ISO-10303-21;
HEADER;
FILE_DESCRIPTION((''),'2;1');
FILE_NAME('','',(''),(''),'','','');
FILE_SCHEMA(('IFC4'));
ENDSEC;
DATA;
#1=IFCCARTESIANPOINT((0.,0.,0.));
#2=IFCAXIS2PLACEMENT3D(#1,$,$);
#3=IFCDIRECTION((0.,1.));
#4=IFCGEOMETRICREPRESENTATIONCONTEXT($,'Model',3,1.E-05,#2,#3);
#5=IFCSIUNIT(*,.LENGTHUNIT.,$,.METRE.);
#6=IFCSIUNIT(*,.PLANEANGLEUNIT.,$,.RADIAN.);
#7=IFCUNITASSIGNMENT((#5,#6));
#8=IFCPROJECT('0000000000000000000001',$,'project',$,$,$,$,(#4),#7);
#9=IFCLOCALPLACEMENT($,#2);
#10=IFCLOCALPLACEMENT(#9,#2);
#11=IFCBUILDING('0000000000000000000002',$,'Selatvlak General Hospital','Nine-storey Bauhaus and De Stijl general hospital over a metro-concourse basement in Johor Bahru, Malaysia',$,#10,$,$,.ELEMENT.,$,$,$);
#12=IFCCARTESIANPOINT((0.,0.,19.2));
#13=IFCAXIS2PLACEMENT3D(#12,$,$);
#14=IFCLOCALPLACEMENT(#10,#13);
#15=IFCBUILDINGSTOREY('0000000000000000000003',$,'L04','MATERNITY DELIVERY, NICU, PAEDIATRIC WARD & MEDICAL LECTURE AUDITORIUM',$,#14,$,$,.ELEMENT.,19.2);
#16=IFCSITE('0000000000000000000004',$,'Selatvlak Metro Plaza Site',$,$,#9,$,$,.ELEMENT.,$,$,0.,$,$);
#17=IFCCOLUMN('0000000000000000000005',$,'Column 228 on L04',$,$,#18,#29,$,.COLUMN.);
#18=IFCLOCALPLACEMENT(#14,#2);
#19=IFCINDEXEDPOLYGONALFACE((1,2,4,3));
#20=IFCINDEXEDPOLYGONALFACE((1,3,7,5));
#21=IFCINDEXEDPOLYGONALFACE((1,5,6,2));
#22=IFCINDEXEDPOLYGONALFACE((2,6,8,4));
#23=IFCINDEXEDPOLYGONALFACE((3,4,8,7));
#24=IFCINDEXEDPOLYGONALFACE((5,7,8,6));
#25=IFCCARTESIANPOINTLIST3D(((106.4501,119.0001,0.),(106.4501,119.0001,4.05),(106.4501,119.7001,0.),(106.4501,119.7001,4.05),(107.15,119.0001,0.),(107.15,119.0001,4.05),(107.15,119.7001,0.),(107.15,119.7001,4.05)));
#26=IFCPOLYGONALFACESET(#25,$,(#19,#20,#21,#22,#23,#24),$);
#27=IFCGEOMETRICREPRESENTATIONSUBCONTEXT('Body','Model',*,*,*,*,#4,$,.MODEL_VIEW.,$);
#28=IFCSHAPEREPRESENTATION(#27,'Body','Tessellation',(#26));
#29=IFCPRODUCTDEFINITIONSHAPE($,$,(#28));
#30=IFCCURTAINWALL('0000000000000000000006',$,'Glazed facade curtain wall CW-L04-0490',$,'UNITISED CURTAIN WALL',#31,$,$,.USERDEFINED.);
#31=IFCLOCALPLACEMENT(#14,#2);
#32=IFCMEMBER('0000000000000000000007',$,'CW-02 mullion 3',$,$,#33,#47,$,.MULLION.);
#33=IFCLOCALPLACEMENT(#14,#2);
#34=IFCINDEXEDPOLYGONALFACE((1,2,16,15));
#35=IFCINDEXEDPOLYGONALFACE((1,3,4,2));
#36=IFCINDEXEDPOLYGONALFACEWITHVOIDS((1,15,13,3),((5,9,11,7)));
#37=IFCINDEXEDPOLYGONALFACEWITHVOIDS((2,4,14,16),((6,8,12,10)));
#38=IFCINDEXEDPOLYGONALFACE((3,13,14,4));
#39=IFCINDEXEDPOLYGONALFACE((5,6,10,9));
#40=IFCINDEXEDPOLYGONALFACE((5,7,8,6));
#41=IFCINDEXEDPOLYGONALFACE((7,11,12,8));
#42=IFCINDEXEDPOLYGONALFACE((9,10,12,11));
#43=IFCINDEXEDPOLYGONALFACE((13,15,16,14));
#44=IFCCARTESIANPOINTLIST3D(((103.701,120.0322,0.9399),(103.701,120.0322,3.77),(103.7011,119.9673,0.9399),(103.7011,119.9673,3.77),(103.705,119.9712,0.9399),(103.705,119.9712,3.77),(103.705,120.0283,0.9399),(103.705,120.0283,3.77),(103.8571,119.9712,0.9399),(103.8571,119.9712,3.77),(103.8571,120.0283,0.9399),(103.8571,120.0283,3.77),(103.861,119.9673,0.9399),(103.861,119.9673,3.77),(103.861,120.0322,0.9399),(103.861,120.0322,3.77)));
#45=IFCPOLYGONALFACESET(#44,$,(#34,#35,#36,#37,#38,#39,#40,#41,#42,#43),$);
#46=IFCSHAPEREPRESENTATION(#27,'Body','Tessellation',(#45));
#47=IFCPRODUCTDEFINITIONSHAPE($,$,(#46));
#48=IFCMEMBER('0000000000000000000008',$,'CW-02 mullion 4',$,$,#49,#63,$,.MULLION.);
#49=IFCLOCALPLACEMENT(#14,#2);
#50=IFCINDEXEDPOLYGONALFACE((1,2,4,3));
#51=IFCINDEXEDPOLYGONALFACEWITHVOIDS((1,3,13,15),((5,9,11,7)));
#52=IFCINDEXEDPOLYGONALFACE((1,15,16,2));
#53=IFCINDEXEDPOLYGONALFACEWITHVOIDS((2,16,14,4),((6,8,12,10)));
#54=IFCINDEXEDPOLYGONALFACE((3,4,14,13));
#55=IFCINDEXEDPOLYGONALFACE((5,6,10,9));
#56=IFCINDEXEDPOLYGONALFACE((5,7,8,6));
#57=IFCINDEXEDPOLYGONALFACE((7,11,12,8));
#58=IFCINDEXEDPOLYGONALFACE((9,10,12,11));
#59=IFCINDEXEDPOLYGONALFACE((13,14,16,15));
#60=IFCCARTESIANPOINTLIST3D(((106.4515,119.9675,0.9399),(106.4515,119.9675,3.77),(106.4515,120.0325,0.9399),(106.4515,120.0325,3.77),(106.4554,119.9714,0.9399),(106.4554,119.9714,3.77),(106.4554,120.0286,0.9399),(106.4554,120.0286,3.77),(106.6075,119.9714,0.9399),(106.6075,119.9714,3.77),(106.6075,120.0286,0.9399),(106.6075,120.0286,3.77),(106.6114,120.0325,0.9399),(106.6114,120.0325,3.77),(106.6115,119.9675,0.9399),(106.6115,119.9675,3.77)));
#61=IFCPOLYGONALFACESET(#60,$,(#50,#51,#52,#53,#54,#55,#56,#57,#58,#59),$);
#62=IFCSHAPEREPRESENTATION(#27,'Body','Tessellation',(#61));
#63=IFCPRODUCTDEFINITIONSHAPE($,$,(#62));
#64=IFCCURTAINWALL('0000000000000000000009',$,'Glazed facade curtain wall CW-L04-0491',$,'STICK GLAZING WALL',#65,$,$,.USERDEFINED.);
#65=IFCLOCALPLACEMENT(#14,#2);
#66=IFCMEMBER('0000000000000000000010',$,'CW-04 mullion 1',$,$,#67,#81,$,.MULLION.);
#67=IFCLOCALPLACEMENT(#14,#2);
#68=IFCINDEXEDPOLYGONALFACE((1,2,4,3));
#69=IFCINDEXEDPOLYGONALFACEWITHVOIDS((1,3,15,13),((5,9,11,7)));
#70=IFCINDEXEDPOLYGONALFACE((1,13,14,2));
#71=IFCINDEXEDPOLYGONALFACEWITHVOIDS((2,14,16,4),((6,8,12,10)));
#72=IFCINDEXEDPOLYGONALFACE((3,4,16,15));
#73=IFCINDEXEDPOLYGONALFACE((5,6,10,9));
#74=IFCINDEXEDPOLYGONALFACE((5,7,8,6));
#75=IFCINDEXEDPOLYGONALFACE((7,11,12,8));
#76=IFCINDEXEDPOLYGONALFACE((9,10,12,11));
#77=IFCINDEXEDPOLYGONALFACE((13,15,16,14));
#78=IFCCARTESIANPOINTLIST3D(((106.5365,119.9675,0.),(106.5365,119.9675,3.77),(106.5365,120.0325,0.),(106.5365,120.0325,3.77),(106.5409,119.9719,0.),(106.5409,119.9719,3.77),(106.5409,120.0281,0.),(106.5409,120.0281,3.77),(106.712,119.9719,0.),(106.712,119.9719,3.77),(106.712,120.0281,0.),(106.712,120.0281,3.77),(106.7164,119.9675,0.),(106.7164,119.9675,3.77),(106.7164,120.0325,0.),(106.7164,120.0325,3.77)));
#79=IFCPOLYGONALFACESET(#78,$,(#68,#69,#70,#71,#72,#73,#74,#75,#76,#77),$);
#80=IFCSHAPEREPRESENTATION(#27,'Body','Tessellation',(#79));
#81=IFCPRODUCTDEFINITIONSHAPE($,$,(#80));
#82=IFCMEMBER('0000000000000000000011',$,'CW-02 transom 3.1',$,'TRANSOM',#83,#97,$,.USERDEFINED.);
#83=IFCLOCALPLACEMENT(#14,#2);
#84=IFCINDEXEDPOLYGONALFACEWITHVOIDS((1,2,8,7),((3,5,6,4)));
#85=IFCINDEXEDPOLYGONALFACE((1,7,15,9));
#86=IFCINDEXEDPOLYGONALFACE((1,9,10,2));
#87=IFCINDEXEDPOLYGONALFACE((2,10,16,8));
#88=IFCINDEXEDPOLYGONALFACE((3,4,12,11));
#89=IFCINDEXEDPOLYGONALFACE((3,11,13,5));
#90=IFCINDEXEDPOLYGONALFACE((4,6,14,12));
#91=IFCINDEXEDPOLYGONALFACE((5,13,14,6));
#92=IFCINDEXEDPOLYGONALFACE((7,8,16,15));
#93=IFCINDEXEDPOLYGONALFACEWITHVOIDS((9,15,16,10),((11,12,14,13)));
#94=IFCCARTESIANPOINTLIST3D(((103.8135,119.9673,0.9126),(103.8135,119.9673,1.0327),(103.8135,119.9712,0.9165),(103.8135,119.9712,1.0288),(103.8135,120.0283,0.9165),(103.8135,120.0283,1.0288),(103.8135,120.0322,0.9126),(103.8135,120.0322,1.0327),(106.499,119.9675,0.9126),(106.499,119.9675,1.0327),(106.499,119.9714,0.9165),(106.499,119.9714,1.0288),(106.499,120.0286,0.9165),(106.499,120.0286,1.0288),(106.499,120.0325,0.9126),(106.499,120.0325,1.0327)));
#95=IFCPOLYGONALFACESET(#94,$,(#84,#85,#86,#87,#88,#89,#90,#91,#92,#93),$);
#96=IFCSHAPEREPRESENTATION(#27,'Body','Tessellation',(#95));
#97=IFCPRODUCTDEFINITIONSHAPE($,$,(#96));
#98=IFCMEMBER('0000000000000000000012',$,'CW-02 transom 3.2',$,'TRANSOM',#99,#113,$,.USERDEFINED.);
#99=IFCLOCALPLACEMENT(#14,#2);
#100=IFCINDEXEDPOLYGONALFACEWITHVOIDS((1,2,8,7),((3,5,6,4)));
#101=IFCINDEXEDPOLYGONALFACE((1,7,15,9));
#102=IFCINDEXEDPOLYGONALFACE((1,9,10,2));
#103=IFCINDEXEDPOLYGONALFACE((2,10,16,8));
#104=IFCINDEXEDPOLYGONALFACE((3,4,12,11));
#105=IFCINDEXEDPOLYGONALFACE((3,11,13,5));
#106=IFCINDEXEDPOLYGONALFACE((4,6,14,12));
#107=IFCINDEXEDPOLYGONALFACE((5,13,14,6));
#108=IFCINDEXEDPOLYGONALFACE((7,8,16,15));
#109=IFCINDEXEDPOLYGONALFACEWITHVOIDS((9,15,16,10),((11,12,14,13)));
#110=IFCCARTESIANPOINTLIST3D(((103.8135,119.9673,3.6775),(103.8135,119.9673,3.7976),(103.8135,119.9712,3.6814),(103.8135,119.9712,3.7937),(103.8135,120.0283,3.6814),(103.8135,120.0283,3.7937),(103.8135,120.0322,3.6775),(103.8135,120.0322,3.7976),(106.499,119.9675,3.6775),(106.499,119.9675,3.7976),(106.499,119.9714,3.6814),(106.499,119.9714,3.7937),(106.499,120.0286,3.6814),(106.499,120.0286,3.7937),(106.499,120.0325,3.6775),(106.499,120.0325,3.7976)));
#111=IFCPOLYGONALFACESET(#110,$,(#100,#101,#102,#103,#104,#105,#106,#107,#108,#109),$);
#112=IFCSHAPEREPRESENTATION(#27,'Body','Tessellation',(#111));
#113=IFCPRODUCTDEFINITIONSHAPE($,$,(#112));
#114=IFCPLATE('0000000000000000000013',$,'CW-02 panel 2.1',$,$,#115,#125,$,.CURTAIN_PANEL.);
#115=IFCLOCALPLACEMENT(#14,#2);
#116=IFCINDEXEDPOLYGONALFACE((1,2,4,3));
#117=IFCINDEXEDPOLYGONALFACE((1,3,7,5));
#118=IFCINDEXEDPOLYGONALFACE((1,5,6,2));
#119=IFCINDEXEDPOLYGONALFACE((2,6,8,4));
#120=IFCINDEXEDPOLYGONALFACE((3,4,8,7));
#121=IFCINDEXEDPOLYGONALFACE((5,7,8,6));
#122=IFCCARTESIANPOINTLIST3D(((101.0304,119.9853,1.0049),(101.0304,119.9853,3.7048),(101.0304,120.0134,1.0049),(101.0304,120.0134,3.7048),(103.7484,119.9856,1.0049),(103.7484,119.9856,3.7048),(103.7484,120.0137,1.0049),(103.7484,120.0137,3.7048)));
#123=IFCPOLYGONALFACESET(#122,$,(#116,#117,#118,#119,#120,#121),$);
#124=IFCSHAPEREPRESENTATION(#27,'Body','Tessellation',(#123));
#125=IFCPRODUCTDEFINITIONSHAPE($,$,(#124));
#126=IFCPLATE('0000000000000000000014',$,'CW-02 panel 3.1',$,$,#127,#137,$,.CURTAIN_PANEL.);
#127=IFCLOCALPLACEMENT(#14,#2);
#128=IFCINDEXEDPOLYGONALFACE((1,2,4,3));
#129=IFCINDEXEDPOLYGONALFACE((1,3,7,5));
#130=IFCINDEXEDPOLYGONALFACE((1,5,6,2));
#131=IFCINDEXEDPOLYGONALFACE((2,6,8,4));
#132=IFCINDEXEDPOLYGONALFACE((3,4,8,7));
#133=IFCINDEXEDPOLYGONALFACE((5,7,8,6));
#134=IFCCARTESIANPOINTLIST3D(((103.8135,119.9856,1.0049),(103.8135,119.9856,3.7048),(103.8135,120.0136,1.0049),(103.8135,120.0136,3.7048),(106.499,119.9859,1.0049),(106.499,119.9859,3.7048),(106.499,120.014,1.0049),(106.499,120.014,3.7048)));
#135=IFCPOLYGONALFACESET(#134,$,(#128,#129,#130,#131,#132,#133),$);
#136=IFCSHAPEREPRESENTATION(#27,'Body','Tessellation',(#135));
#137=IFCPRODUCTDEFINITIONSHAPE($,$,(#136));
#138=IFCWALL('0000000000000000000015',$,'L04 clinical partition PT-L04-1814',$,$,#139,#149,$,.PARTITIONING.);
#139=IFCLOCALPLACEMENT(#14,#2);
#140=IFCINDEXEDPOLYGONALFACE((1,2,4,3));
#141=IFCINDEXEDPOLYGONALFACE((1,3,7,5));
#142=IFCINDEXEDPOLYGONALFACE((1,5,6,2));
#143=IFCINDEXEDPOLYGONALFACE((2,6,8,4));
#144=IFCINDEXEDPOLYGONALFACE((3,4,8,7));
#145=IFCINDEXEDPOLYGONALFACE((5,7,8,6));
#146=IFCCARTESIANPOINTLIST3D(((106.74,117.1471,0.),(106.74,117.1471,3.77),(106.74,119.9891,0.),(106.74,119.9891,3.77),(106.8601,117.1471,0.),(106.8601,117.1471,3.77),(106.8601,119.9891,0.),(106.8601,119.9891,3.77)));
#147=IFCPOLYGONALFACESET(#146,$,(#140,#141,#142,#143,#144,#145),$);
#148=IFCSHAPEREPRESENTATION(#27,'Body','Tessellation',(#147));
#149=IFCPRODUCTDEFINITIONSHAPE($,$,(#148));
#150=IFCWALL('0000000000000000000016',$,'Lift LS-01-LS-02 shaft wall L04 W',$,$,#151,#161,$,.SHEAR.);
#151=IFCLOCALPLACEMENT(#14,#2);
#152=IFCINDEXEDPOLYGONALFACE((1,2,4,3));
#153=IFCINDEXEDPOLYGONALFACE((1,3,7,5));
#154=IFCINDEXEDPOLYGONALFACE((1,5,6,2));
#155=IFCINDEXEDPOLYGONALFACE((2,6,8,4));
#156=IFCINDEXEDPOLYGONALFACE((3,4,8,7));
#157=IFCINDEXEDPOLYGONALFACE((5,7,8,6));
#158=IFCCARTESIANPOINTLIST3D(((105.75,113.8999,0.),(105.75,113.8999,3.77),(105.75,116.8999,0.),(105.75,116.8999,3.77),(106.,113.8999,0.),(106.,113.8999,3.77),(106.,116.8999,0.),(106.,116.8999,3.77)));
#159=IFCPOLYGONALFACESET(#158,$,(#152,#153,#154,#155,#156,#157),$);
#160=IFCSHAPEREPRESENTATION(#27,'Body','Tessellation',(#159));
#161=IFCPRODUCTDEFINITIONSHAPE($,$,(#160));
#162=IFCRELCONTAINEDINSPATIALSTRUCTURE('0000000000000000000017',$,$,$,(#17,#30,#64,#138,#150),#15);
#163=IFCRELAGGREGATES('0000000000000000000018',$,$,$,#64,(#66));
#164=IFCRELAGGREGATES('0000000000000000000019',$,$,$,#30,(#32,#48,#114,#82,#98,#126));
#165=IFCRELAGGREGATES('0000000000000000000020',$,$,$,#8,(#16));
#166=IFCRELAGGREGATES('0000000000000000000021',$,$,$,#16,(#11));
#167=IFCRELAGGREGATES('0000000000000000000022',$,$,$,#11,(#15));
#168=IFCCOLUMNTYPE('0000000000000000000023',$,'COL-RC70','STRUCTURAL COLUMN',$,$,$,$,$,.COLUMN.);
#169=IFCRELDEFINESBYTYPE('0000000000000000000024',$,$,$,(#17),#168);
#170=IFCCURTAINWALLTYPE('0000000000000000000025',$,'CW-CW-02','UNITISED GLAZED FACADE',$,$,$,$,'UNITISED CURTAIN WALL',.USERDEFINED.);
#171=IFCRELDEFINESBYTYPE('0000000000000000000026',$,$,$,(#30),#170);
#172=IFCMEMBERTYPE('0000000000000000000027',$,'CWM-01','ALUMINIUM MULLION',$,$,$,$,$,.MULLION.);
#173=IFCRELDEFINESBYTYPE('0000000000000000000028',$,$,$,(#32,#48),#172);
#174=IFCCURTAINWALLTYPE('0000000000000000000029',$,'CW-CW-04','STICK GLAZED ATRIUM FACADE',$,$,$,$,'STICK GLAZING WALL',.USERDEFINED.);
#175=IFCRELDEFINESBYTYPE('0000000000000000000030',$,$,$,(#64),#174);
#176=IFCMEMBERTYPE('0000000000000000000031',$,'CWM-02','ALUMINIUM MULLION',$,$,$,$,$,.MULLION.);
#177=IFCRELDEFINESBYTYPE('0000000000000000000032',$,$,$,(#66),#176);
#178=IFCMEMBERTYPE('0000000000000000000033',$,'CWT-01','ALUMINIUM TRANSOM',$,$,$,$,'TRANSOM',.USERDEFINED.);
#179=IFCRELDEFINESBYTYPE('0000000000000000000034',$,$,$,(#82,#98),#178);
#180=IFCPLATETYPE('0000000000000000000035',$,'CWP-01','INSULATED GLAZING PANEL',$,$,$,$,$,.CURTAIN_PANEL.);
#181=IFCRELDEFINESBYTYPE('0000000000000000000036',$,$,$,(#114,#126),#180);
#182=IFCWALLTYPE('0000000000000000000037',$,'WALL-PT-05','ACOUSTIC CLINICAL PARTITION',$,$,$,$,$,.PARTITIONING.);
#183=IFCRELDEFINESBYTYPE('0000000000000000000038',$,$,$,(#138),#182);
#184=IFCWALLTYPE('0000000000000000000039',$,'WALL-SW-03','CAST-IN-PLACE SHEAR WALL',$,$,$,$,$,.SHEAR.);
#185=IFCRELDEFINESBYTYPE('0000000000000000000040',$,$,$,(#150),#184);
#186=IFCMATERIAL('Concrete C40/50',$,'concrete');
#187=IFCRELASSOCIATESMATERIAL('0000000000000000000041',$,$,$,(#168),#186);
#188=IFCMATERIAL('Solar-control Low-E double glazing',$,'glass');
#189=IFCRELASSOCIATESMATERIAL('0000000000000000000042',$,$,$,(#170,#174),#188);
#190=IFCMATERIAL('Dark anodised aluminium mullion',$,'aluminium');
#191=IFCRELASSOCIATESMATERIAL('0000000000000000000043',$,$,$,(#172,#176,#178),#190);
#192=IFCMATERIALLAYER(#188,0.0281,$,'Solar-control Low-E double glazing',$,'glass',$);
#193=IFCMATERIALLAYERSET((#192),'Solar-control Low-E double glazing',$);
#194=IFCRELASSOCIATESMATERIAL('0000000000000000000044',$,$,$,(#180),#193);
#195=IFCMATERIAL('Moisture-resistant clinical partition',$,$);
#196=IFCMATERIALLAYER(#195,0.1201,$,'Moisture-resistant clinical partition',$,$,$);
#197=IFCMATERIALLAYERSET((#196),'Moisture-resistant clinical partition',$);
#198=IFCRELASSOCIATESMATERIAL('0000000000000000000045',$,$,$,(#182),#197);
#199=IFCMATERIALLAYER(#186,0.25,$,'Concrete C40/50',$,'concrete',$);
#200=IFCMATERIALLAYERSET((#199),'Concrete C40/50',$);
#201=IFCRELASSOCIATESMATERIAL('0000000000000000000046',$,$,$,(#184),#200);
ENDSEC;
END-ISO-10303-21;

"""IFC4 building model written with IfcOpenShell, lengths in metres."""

from ifc_helpers import new_model, si_unit, direction, frame, frame_2d, origin, origin_2d, place, context, subcontext, project, spatial, rectangle, hollow_rectangle, extrude, material, layer, layer_set, material_profile, profile_set, type_object, element, aggregate, save


model = new_model("IFC4")

# Units and contexts
model_context = context("Model", 3, precision=1e-05, world=origin(), true_north=direction((0.0, 1.0)))
body_context = subcontext(model_context, "Body", "Model", "MODEL_VIEW")
ifc_project = project(units=[si_unit("LENGTHUNIT", "METRE"), si_unit("PLANEANGLEUNIT", "RADIAN")], contexts=[model_context])

# Site, building, storey
site_placement = place(None, origin())
site = spatial("IfcSite", under=ifc_project, at=site_placement, Name="Selatvlak Metro Plaza Site", CompositionType="ELEMENT", RefElevation=0.0)
building_placement = place(site_placement, origin())
building = spatial("IfcBuilding", under=site, at=building_placement, Name="Selatvlak General Hospital", Description="Nine-storey Bauhaus and De Stijl general hospital over a metro-concourse basement in Johor Bahru, Malaysia", CompositionType="ELEMENT")
storey_placement = place(building_placement, frame((0.0, 0.0, 19.2)))
storey = spatial("IfcBuildingStorey", under=building, at=storey_placement, Name="L04", Description="MATERNITY DELIVERY, NICU, PAEDIATRIC WARD & MEDICAL LECTURE AUDITORIUM", CompositionType="ELEMENT", Elevation=19.2)

# Column
ifc_material_1 = material(Name="Concrete C40/50", Category="concrete")
ifc_material_profile_1 = material_profile(ifc_material_1, rectangle(XDim=0.7, YDim=0.7, at=origin_2d()), Name="RC-COL 700x700")
ifc_profile_set_1 = profile_set([ifc_material_profile_1], Name="Concrete C40/50")
column_type = type_object("IfcColumnType", Name="COL-RC70", Description="STRUCTURAL COLUMN", PredefinedType="COLUMN", material=ifc_profile_set_1)
column_placement = place(storey_placement, frame((106.8, 119.3501, 0.0), z_axis=(0.0, 0.0, 1.0), x_axis=(1.0, 0.0, 0.0)))
element("IfcColumn", 1, at=column_placement, inside=storey, type_object=column_type, Name="Column 228 on L04", PredefinedType="COLUMN", context=body_context, shape_type="SweptSolid", body=[
    extrude(rectangle(XDim=0.7, YDim=0.7, at=origin_2d()), origin(), (0.0, 0.0, 1.0), 4.05),
])

# Curtain wall, members
ifc_material_2 = material(Name="Solar-control Low-E double glazing", Category="glass")
curtain_wall_type_1 = type_object("IfcCurtainWallType", Name="CW-CW-02", Description="UNITISED GLAZED FACADE", ElementType="UNITISED CURTAIN WALL", PredefinedType="USERDEFINED", material=ifc_material_2)
curtain_wall_1_placement = place(storey_placement, origin())
curtain_wall_1 = element("IfcCurtainWall", 2, at=curtain_wall_1_placement, inside=storey, type_object=curtain_wall_type_1, Name="Glazed facade curtain wall CW-L04-0490", ObjectType="UNITISED CURTAIN WALL", PredefinedType="USERDEFINED")
ifc_material_3 = material(Name="Dark anodised aluminium mullion", Category="aluminium")
ifc_material_profile_2 = material_profile(ifc_material_3, hollow_rectangle(XDim=0.0649, YDim=0.1599, WallThickness=0.0039, at=origin_2d()), Name="AL-MUL 65x160x4")
ifc_profile_set_2 = profile_set([ifc_material_profile_2], Name="Dark anodised aluminium mullion")
member_type_1 = type_object("IfcMemberType", Name="CWM-01", Description="ALUMINIUM MULLION", PredefinedType="MULLION", material=ifc_profile_set_2)
member_1_placement = place(storey_placement, frame((103.781, 119.9998, 0.9399), z_axis=(0.0, 0.0, 1.0), x_axis=(-0.00012, 1.0, 0.0)))
member_1 = element("IfcMember", 3, at=member_1_placement, type_object=member_type_1, Name="CW-02 mullion 3", PredefinedType="MULLION", context=body_context, shape_type="SweptSolid", body=[
    extrude(hollow_rectangle(XDim=0.0649, YDim=0.1599, WallThickness=0.0039, at=origin_2d()), origin(), (0.0, 0.0, 1.0), 2.8301),
])
member_2_placement = place(storey_placement, frame((106.5315, 120.0, 0.9399), z_axis=(0.0, 0.0, 1.0), x_axis=(-0.00012, 1.0, 0.0)))
member_2 = element("IfcMember", 4, at=member_2_placement, type_object=member_type_1, Name="CW-02 mullion 4", PredefinedType="MULLION", context=body_context, shape_type="SweptSolid", body=[
    extrude(hollow_rectangle(XDim=0.0649, YDim=0.1599, WallThickness=0.0039, at=origin_2d()), origin(), (0.0, 0.0, 1.0), 2.8301),
])

# Curtain wall, member
curtain_wall_type_2 = type_object("IfcCurtainWallType", Name="CW-CW-04", Description="STICK GLAZED ATRIUM FACADE", ElementType="STICK GLAZING WALL", PredefinedType="USERDEFINED", material=ifc_material_2)
curtain_wall_2_placement = place(storey_placement, origin())
curtain_wall_2 = element("IfcCurtainWall", 5, at=curtain_wall_2_placement, inside=storey, type_object=curtain_wall_type_2, Name="Glazed facade curtain wall CW-L04-0491", ObjectType="STICK GLAZING WALL", PredefinedType="USERDEFINED")
ifc_material_profile_3 = material_profile(ifc_material_3, hollow_rectangle(XDim=0.0649, YDim=0.1799, WallThickness=0.0044, at=origin_2d()), Name="AL-MUL 65x180x4.5")
ifc_profile_set_3 = profile_set([ifc_material_profile_3], Name="Dark anodised aluminium mullion")
member_type_2 = type_object("IfcMemberType", Name="CWM-02", Description="ALUMINIUM MULLION", PredefinedType="MULLION", material=ifc_profile_set_3)
member_3_placement = place(storey_placement, frame((106.6265, 120.0, 0.0), z_axis=(0.0, 0.0, 1.0), x_axis=(0.0, 1.0, 0.0)))
member_3 = element("IfcMember", 6, at=member_3_placement, type_object=member_type_2, Name="CW-04 mullion 1", PredefinedType="MULLION", context=body_context, shape_type="SweptSolid", body=[
    extrude(hollow_rectangle(XDim=0.0649, YDim=0.1799, WallThickness=0.0044, at=origin_2d()), origin(), (0.0, 0.0, 1.0), 3.77),
])
aggregate(curtain_wall_2, [member_3])

# Members
ifc_material_profile_4 = material_profile(ifc_material_3, hollow_rectangle(XDim=0.0649, YDim=0.1201, WallThickness=0.0039, at=origin_2d()), Name="AL-TRN 65x120x4")
ifc_profile_set_4 = profile_set([ifc_material_profile_4], Name="Dark anodised aluminium mullion")
member_type_3 = type_object("IfcMemberType", Name="CWT-01", Description="ALUMINIUM TRANSOM", ElementType="TRANSOM", PredefinedType="USERDEFINED", material=ifc_profile_set_4)
member_4_placement = place(storey_placement, frame((103.8135, 119.9998, 0.9727), z_axis=(1.0, 0.000091, 0.0), x_axis=(-0.000091, 1.0, 0.0)))
member_4 = element("IfcMember", 7, at=member_4_placement, type_object=member_type_3, Name="CW-02 transom 3.1", ObjectType="TRANSOM", PredefinedType="USERDEFINED", context=body_context, shape_type="SweptSolid", body=[
    extrude(hollow_rectangle(XDim=0.0649, YDim=0.1201, WallThickness=0.0039, at=origin_2d()), origin(), (0.0, 0.0, 1.0), 2.6855),
])
member_5_placement = place(storey_placement, frame((103.8135, 119.9998, 3.7375), z_axis=(1.0, 0.000091, 0.0), x_axis=(-0.000091, 1.0, 0.0)))
member_5 = element("IfcMember", 8, at=member_5_placement, type_object=member_type_3, Name="CW-02 transom 3.2", ObjectType="TRANSOM", PredefinedType="USERDEFINED", context=body_context, shape_type="SweptSolid", body=[
    extrude(hollow_rectangle(XDim=0.0649, YDim=0.1201, WallThickness=0.0039, at=origin_2d()), origin(), (0.0, 0.0, 1.0), 2.6855),
])

# Plates
ifc_layer_1 = layer(ifc_material_2, 0.0281, Name="Solar-control Low-E double glazing", Category="glass")
ifc_layer_set_1 = layer_set([ifc_layer_1], Name="Solar-control Low-E double glazing")
plate_type = type_object("IfcPlateType", Name="CWP-01", Description="INSULATED GLAZING PANEL", PredefinedType="CURTAIN_PANEL", material=ifc_layer_set_1)
plate_1_placement = place(storey_placement, frame((102.3894, 119.9995, 1.0049), z_axis=(0.0, 0.0, 1.0), x_axis=(1.0, 0.00012, 0.0)))
plate_1 = element("IfcPlate", 9, at=plate_1_placement, type_object=plate_type, Name="CW-02 panel 2.1", PredefinedType="CURTAIN_PANEL", context=body_context, shape_type="SweptSolid", body=[
    extrude(rectangle(XDim=2.718, YDim=0.0281, at=origin_2d()), origin(), (0.0, 0.0, 1.0), 2.7),
])
plate_2_placement = place(storey_placement, frame((105.1562, 119.9998, 1.0049), z_axis=(0.0, 0.0, 1.0), x_axis=(1.0, 0.00012, 0.0)))
plate_2 = element("IfcPlate", 10, at=plate_2_placement, type_object=plate_type, Name="CW-02 panel 3.1", PredefinedType="CURTAIN_PANEL", context=body_context, shape_type="SweptSolid", body=[
    extrude(rectangle(XDim=2.6855, YDim=0.0281, at=origin_2d()), origin(), (0.0, 0.0, 1.0), 2.7),
])
aggregate(curtain_wall_1, [member_1, member_2, plate_1, member_4, member_5, plate_2])

# Shared definitions
ifc_material_4 = material(Name="Moisture-resistant clinical partition")

# Wall
ifc_layer_2 = layer(ifc_material_4, 0.1201, Name="Moisture-resistant clinical partition")
ifc_layer_set_2 = layer_set([ifc_layer_2], Name="Moisture-resistant clinical partition")
wall_type_1 = type_object("IfcWallType", Name="WALL-PT-05", Description="ACOUSTIC CLINICAL PARTITION", PredefinedType="PARTITIONING", material=ifc_layer_set_2)
wall_1_placement = place(storey_placement, frame((106.8, 119.989, 0.0), z_axis=(0.0, 0.0, 1.0), x_axis=(0.0, -1.0, 0.0)))
element("IfcWall", 11, at=wall_1_placement, inside=storey, type_object=wall_type_1, Name="L04 clinical partition PT-L04-1814", PredefinedType="PARTITIONING", context=body_context, shape_type="SweptSolid", body=[
    extrude(rectangle(XDim=2.842, YDim=0.1201, at=frame_2d((1.4209, 0.0))), origin(), (0.0, 0.0, 1.0), 3.77),
])

# Shared definitions
ifc_layer_3 = layer(ifc_material_1, 0.25, Name="Concrete C40/50", Category="concrete")
ifc_layer_set_3 = layer_set([ifc_layer_3], Name="Concrete C40/50")
wall_type_2 = type_object("IfcWallType", Name="WALL-SW-03", Description="CAST-IN-PLACE SHEAR WALL", PredefinedType="SHEAR", material=ifc_layer_set_3)

# Wall
wall_2_placement = place(storey_placement, frame((105.875, 116.8999, 0.0), z_axis=(0.0, 0.0, 1.0), x_axis=(0.0, -1.0, 0.0)))
element("IfcWall", 12, at=wall_2_placement, inside=storey, type_object=wall_type_2, Name="Lift LS-01-LS-02 shaft wall L04 W", PredefinedType="SHEAR", context=body_context, shape_type="SweptSolid", body=[
    extrude(rectangle(XDim=3.0, YDim=0.25, at=frame_2d((1.5, 0.0))), origin(), (0.0, 0.0, 1.0), 3.77),
])

save(model, "model.ifc")
